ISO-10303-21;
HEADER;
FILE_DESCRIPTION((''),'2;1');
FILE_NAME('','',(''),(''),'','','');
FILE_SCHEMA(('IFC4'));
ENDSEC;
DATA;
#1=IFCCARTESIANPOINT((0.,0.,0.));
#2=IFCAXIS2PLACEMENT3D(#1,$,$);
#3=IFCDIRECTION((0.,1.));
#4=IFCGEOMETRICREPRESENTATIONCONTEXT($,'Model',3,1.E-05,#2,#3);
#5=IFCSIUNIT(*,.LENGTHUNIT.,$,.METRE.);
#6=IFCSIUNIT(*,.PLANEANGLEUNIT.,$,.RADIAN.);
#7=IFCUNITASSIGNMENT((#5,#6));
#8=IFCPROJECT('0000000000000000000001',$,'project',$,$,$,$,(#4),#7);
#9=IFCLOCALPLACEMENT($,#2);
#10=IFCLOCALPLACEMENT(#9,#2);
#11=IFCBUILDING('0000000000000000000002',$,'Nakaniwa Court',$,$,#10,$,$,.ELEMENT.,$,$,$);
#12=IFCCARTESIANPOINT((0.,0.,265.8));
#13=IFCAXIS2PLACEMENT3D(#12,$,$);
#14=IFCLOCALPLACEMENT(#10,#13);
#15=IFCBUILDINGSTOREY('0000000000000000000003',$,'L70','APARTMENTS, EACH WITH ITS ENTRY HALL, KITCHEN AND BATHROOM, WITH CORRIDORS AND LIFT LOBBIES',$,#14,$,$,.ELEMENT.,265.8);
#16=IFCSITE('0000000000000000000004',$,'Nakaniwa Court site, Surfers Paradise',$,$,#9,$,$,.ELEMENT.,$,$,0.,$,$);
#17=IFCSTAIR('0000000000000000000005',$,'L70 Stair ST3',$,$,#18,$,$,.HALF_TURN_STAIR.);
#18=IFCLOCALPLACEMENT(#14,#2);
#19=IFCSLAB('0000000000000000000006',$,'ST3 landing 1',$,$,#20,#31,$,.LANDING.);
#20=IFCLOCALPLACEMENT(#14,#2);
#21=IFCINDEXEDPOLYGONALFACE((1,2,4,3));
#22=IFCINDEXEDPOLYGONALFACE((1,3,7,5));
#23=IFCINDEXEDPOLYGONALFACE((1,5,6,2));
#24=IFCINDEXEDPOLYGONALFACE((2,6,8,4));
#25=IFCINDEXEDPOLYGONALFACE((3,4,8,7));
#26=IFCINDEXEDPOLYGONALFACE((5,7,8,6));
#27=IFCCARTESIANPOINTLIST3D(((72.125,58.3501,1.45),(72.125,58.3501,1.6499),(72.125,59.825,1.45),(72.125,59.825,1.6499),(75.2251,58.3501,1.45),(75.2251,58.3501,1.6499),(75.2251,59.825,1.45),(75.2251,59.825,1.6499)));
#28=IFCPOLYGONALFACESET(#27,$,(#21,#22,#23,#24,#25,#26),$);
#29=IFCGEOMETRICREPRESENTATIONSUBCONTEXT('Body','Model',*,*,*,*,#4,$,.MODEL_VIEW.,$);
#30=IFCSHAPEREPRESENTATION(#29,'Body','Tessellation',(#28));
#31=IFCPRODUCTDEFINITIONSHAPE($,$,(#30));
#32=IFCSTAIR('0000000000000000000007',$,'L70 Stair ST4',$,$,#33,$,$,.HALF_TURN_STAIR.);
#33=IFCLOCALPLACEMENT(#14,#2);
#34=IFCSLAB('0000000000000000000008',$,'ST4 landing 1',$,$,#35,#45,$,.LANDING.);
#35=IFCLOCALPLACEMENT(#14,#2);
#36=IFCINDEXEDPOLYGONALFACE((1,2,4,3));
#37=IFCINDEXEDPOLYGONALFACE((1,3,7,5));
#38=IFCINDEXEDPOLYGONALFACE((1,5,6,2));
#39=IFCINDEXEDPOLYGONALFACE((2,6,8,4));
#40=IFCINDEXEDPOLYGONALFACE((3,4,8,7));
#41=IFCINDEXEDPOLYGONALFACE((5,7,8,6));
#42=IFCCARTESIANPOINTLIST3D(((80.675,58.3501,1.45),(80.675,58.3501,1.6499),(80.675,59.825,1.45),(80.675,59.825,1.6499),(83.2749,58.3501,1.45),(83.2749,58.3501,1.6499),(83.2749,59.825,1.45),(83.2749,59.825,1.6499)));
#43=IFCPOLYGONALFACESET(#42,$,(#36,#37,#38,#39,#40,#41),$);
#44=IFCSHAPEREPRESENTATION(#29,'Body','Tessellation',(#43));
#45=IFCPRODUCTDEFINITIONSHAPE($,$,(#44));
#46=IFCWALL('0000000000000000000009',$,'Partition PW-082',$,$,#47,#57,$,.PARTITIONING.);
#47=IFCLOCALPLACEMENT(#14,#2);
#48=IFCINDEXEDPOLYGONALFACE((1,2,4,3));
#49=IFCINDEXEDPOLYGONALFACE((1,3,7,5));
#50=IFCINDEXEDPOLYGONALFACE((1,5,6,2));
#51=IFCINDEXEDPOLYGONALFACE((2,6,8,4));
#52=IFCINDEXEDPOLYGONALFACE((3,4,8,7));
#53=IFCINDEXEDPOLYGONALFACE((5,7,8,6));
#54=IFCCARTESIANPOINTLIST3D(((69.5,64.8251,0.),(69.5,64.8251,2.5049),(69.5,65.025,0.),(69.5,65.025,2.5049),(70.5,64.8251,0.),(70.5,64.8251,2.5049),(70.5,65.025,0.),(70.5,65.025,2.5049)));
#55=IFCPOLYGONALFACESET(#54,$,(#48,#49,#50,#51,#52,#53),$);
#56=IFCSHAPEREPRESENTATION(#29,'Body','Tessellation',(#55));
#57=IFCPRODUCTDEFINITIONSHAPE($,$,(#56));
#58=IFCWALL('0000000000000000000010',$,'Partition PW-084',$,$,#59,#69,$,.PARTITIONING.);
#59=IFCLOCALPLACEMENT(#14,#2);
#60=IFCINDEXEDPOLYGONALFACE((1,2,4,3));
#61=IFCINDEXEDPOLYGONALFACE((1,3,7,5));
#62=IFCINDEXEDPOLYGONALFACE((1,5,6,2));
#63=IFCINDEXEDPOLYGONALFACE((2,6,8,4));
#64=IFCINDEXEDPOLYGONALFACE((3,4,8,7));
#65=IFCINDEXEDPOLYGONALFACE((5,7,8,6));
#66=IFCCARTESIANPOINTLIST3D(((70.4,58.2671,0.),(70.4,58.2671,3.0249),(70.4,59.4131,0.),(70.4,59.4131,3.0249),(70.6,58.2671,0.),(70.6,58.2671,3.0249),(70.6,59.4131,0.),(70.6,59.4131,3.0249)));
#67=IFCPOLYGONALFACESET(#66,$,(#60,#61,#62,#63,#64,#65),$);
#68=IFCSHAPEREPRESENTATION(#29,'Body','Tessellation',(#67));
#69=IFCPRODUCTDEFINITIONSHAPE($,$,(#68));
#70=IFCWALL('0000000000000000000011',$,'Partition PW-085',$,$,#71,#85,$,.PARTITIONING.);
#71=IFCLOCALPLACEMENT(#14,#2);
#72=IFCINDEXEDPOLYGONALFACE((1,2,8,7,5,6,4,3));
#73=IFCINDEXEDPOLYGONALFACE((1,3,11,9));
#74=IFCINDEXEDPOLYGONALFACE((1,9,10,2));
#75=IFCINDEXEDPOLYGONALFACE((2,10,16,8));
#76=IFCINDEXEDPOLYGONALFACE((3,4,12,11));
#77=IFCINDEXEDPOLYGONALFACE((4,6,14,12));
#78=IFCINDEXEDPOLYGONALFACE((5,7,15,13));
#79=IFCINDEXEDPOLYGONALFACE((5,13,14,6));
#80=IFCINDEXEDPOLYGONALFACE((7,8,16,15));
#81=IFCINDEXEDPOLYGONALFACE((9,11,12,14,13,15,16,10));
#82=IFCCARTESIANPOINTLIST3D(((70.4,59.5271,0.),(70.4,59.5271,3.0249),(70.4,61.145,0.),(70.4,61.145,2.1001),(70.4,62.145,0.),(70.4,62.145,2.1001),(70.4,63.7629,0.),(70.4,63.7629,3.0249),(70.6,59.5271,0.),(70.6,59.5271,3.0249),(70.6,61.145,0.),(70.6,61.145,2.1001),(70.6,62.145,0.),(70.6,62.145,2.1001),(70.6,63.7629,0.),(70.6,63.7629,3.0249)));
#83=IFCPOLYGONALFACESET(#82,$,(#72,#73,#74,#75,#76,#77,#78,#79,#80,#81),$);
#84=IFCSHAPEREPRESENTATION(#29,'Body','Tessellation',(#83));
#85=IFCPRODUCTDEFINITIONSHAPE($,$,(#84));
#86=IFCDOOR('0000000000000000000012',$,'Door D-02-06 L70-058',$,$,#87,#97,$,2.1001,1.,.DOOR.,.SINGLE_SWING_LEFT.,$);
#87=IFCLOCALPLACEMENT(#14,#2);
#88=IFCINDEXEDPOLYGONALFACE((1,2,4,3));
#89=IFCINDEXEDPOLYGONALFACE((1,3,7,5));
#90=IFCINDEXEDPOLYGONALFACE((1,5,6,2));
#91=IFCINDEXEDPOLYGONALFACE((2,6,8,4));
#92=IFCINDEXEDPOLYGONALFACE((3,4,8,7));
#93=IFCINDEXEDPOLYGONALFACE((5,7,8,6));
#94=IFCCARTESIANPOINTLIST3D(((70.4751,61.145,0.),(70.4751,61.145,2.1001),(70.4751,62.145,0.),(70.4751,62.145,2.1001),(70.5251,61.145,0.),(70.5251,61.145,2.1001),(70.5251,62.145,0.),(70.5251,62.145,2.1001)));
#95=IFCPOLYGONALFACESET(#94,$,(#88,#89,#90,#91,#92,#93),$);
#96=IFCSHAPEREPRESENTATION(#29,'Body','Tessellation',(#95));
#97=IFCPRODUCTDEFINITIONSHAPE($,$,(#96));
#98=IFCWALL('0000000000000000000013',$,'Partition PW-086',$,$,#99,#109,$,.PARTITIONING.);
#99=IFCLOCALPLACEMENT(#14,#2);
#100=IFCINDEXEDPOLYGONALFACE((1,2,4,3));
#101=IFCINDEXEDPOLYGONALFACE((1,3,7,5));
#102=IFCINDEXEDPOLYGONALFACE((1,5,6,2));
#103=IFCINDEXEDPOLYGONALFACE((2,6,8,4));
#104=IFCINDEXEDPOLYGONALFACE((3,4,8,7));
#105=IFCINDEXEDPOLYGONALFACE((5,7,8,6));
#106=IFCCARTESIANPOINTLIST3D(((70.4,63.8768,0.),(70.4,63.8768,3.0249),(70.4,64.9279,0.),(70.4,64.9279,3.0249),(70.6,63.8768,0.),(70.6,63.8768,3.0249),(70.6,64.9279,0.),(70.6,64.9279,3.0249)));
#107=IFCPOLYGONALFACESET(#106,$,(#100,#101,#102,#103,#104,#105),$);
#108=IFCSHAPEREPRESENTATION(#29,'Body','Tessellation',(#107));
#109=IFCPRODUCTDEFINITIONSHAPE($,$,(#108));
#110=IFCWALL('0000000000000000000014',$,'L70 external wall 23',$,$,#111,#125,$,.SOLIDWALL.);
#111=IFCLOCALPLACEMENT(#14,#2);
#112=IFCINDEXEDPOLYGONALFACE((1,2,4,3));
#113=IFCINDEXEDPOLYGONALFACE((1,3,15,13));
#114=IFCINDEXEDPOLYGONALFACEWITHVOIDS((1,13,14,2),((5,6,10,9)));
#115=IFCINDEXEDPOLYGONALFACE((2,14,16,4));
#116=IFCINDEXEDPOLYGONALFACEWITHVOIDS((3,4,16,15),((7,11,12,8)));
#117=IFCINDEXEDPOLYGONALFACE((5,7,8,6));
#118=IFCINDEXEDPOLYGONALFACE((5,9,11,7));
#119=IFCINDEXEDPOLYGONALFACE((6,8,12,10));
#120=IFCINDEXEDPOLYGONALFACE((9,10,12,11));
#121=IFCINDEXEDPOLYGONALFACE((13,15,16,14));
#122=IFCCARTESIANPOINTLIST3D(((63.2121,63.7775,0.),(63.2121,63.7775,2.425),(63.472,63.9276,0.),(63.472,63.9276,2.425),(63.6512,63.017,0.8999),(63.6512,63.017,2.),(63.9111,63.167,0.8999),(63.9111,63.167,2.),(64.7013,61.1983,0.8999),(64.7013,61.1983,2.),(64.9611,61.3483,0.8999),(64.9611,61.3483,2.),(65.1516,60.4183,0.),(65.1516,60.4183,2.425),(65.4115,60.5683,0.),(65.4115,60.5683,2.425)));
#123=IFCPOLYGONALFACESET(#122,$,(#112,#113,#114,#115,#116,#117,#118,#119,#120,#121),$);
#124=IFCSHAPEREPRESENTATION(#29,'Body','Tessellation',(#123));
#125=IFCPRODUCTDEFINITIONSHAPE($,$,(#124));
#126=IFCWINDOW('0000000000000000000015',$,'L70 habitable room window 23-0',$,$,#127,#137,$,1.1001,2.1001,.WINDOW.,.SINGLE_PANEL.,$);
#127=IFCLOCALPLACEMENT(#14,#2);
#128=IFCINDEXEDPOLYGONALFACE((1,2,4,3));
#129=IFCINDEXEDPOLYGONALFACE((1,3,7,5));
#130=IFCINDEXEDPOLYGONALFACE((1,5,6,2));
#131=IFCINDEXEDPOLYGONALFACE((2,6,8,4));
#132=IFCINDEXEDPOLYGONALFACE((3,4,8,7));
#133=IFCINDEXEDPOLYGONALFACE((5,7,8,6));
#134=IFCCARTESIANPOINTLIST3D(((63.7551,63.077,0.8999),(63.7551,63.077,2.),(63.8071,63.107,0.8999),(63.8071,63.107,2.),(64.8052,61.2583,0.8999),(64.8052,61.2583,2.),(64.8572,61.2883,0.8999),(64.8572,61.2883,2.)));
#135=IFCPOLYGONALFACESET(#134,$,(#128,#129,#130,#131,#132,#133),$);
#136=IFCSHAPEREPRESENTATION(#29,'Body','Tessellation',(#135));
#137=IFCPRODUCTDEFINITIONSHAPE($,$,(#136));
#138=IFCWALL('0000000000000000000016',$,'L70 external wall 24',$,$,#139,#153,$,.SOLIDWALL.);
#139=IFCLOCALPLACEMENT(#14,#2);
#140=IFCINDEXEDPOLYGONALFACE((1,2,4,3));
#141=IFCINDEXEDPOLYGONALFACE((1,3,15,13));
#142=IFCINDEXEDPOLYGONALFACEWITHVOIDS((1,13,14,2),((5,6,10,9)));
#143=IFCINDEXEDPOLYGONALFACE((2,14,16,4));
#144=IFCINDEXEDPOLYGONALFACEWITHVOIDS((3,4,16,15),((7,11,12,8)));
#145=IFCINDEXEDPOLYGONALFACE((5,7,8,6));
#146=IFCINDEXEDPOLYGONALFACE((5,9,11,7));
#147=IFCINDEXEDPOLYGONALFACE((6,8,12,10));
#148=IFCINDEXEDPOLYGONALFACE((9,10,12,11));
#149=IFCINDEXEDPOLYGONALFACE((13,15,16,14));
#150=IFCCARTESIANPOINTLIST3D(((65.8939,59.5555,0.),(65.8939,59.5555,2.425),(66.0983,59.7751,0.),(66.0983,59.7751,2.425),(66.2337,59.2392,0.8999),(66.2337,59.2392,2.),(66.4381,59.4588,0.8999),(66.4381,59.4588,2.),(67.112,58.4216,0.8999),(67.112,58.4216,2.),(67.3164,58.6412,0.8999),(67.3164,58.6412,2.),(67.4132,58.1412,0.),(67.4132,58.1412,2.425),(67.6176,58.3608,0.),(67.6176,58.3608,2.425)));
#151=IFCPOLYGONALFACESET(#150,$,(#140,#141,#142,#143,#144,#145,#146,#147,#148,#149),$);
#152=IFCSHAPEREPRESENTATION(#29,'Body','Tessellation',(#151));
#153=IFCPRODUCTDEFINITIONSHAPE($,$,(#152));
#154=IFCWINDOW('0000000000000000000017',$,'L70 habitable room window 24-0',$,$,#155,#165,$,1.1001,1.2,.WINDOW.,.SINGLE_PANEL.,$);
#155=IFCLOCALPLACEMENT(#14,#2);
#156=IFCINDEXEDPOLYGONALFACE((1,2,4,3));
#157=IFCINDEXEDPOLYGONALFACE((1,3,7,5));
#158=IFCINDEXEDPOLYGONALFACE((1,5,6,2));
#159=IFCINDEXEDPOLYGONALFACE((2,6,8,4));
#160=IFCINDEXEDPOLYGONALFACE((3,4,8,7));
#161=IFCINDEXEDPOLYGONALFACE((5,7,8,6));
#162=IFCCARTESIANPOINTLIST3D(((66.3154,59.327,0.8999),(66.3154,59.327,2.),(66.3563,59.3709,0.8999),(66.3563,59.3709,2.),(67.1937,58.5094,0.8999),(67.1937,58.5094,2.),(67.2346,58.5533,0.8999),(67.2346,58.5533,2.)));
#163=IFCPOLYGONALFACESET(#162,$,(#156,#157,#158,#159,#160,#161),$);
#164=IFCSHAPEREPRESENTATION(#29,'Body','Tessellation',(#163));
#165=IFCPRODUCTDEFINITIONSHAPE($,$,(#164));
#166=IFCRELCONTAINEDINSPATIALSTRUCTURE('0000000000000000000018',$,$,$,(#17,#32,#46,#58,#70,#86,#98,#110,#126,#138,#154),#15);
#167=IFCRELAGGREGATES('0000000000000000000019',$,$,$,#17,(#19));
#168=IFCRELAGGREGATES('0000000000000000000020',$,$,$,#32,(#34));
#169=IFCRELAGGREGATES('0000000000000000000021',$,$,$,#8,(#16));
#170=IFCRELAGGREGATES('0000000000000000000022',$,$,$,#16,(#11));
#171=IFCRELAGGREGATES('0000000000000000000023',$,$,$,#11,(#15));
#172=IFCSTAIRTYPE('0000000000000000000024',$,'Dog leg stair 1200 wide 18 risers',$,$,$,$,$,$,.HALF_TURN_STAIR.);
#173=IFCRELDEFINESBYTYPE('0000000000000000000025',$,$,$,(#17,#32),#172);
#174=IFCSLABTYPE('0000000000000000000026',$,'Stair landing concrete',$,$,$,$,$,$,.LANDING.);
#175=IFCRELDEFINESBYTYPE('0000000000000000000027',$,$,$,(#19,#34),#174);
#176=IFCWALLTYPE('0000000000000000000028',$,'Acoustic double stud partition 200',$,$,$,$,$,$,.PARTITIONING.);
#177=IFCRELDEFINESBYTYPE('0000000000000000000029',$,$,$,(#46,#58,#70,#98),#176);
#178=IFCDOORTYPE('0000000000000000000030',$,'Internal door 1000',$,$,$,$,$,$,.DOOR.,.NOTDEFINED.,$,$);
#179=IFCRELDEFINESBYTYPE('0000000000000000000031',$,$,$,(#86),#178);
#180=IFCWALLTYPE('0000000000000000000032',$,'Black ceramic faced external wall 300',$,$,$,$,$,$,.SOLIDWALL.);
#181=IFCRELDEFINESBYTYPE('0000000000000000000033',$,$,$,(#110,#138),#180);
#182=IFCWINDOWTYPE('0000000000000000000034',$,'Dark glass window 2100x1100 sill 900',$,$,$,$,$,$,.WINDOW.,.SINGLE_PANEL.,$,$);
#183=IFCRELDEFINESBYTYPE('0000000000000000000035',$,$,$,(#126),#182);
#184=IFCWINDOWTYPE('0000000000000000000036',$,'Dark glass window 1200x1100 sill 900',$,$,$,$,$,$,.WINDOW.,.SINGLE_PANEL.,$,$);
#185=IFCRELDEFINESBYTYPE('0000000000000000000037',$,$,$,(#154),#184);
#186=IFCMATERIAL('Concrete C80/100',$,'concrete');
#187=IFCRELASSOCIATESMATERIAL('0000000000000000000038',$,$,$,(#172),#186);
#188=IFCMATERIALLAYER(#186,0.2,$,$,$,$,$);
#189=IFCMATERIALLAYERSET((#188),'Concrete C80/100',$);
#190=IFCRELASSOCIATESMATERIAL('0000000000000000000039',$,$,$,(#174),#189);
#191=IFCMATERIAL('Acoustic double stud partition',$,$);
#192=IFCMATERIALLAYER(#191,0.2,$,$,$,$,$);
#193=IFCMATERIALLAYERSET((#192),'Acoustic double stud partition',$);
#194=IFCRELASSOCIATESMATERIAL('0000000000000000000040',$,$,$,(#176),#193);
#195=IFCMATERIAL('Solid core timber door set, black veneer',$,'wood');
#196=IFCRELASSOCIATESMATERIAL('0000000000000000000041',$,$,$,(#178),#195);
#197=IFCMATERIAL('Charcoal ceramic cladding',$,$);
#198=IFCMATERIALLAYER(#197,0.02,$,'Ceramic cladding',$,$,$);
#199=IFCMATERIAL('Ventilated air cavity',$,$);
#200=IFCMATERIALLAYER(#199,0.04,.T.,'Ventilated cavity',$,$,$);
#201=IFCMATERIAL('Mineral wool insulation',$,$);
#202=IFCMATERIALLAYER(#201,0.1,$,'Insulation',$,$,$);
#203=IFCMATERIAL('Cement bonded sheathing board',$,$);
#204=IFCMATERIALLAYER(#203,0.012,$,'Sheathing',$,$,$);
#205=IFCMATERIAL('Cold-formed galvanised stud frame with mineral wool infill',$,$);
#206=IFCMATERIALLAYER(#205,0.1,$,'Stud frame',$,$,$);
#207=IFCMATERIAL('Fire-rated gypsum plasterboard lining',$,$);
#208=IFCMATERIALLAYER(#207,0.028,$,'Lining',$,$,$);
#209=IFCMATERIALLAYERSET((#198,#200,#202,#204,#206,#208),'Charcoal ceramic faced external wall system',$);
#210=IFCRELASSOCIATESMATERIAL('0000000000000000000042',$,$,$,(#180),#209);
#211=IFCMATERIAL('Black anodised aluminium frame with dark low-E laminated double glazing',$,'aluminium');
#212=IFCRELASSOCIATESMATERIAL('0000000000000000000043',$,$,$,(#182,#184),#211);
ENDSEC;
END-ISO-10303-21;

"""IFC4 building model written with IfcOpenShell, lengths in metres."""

from ifc_helpers import new_model, si_unit, direction, frame, frame_2d, origin, place, context, subcontext, project, spatial, polyline, rectangle, outline, extrude, material, layer, layer_set, type_object, element, fill, aggregate, save


model = new_model("IFC4")

# Units and contexts
model_context = context("Model", 3, precision=1e-05, world=origin(), true_north=direction((0.0, 1.0)))
body_context = subcontext(model_context, "Body", "Model", "MODEL_VIEW")
ifc_project = project(units=[si_unit("LENGTHUNIT", "METRE"), si_unit("PLANEANGLEUNIT", "RADIAN")], contexts=[model_context])

# Site, building, storey
site_placement = place(None, origin())
site = spatial("IfcSite", under=ifc_project, at=site_placement, Name="Nakaniwa Court site, Surfers Paradise", CompositionType="ELEMENT", RefElevation=0.0)
building_placement = place(site_placement, origin())
building = spatial("IfcBuilding", under=site, at=building_placement, Name="Nakaniwa Court", CompositionType="ELEMENT")
storey_placement = place(building_placement, frame((0.0, 0.0, 265.8)))
storey = spatial("IfcBuildingStorey", under=building, at=storey_placement, Name="L70", Description="APARTMENTS, EACH WITH ITS ENTRY HALL, KITCHEN AND BATHROOM, WITH CORRIDORS AND LIFT LOBBIES", CompositionType="ELEMENT", Elevation=265.8)

# Shared definitions
ifc_material_1 = material(Name="Concrete C80/100", Category="concrete")

# Stairs, slabs
stair_type = type_object("IfcStairType", Name="Dog leg stair 1200 wide 18 risers", PredefinedType="HALF_TURN_STAIR", material=ifc_material_1)
ifc_layer_1 = layer(ifc_material_1, 0.2)
ifc_layer_set_1 = layer_set([ifc_layer_1], Name="Concrete C80/100")
slab_type_1 = type_object("IfcSlabType", Name="Stair landing concrete", PredefinedType="LANDING", material=ifc_layer_set_1)
stair_1_placement = place(storey_placement, origin())
stair_1 = element("IfcStair", 1, at=stair_1_placement, inside=storey, type_object=stair_type, Name="L70 Stair ST3", PredefinedType="HALF_TURN_STAIR")
slab_1_placement = place(storey_placement, frame((0.0, 0.0, 1.45)))
slab_1 = element("IfcSlab", 2, at=slab_1_placement, type_object=slab_type_1, Name="ST3 landing 1", PredefinedType="LANDING", context=body_context, shape_type="SweptSolid", body=[
    extrude(outline(polyline([(75.2251, 58.3501), (75.2251, 59.825), (72.125, 59.825), (72.125, 58.3501), (75.2251, 58.3501)])), origin(), (0.0, 0.0, 1.0), 0.2),
])
aggregate(stair_1, [slab_1])
stair_2_placement = place(storey_placement, origin())
stair_2 = element("IfcStair", 3, at=stair_2_placement, inside=storey, type_object=stair_type, Name="L70 Stair ST4", PredefinedType="HALF_TURN_STAIR")
slab_2_placement = place(storey_placement, frame((0.0, 0.0, 1.45)))
slab_2 = element("IfcSlab", 4, at=slab_2_placement, type_object=slab_type_1, Name="ST4 landing 1", PredefinedType="LANDING", context=body_context, shape_type="SweptSolid", body=[
    extrude(outline(polyline([(83.2749, 58.3501), (83.2749, 59.825), (80.675, 59.825), (80.675, 58.3501), (83.2749, 58.3501)])), origin(), (0.0, 0.0, 1.0), 0.2),
])
aggregate(stair_2, [slab_2])

# Walls
ifc_material_2 = material(Name="Acoustic double stud partition")
ifc_layer_2 = layer(ifc_material_2, 0.2)
ifc_layer_set_2 = layer_set([ifc_layer_2], Name="Acoustic double stud partition")
wall_type_1 = type_object("IfcWallType", Name="Acoustic double stud partition 200", PredefinedType="PARTITIONING", material=ifc_layer_set_2)
wall_1_placement = place(storey_placement, frame((69.5, 64.925, 0.0), z_axis=(0.0, 0.0, 1.0), x_axis=(1.0, 0.0, 0.0)))
element("IfcWall", 5, at=wall_1_placement, inside=storey, type_object=wall_type_1, Name="Partition PW-082", PredefinedType="PARTITIONING", context=body_context, shape_type="SweptSolid", body=[
    extrude(rectangle(XDim=1.0, YDim=0.2, at=frame_2d((0.5, 0.0))), origin(), (0.0, 0.0, 1.0), 2.5049),
])
wall_2_placement = place(storey_placement, frame((70.5, 58.2671, 0.0), z_axis=(0.0, 0.0, 1.0), x_axis=(0.0, 1.0, 0.0)))
element("IfcWall", 6, at=wall_2_placement, inside=storey, type_object=wall_type_1, Name="Partition PW-084", PredefinedType="PARTITIONING", context=body_context, shape_type="SweptSolid", body=[
    extrude(rectangle(XDim=1.146, YDim=0.2, at=frame_2d((0.573, 0.0))), origin(), (0.0, 0.0, 1.0), 3.0249),
])

# Wall, opening, door
wall_3_placement = place(storey_placement, frame((70.5, 59.5271, 0.0), z_axis=(0.0, 0.0, 1.0), x_axis=(0.0, 1.0, 0.0)))
wall_3 = element("IfcWall", 7, at=wall_3_placement, inside=storey, type_object=wall_type_1, Name="Partition PW-085", PredefinedType="PARTITIONING", context=body_context, shape_type="SweptSolid", body=[
    extrude(rectangle(XDim=4.2358, YDim=0.2, at=frame_2d((2.1179, 0.0))), origin(), (0.0, 0.0, 1.0), 3.0249),
])
opening_1_placement = place(wall_3_placement, frame((1.6179, 0.0, 0.0)))
opening_1 = element("IfcOpeningElement", 8, at=opening_1_placement, cuts=wall_3, PredefinedType="OPENING", context=body_context, shape_type="SweptSolid", body=[
    extrude(rectangle(XDim=1.0, YDim=2.1001, at=frame_2d((0.5, 1.05))), frame((0.0, 0.1099, 0.0), z_axis=(0.0, -1.0, 0.0), x_axis=(1.0, 0.0, 0.0)), (0.0, 0.0, 1.0), 0.22),
])
ifc_material_3 = material(Name="Solid core timber door set, black veneer", Category="wood")
door_type = type_object("IfcDoorType", Name="Internal door 1000", OperationType="NOTDEFINED", PredefinedType="DOOR", material=ifc_material_3)
door_placement = place(opening_1_placement, origin())
door = element("IfcDoor", 9, at=door_placement, inside=storey, type_object=door_type, Name="Door D-02-06 L70-058", OperationType="SINGLE_SWING_LEFT", OverallHeight=2.1001, OverallWidth=1.0, PredefinedType="DOOR", context=body_context, shape_type="SweptSolid", body=[
    extrude(rectangle(XDim=1.0, YDim=2.1001, at=frame_2d((0.5, 1.05))), frame((0.0, 0.0249, 0.0), z_axis=(0.0, -1.0, 0.0), x_axis=(1.0, 0.0, 0.0)), (0.0, 0.0, 1.0), 0.05),
])
fill(opening_1, door)

# Wall
wall_4_placement = place(storey_placement, frame((70.5, 63.877, 0.0), z_axis=(0.0, 0.0, 1.0), x_axis=(0.0, 1.0, 0.0)))
element("IfcWall", 10, at=wall_4_placement, inside=storey, type_object=wall_type_1, Name="Partition PW-086", PredefinedType="PARTITIONING", context=body_context, shape_type="SweptSolid", body=[
    extrude(rectangle(XDim=1.051, YDim=0.2, at=frame_2d((0.5254, 0.0))), origin(), (0.0, 0.0, 1.0), 3.0249),
])

# Walls, openings, windows
ifc_material_4 = material(Name="Charcoal ceramic cladding")
ifc_layer_3 = layer(ifc_material_4, 0.02, Name="Ceramic cladding")
ifc_material_5 = material(Name="Ventilated air cavity")
ifc_layer_4 = layer(ifc_material_5, 0.04, ventilated=True, Name="Ventilated cavity")
ifc_material_6 = material(Name="Mineral wool insulation")
ifc_layer_5 = layer(ifc_material_6, 0.1, Name="Insulation")
ifc_material_7 = material(Name="Cement bonded sheathing board")
ifc_layer_6 = layer(ifc_material_7, 0.012, Name="Sheathing")
ifc_material_8 = material(Name="Cold-formed galvanised stud frame with mineral wool infill")
ifc_layer_7 = layer(ifc_material_8, 0.1, Name="Stud frame")
ifc_material_9 = material(Name="Fire-rated gypsum plasterboard lining")
ifc_layer_8 = layer(ifc_material_9, 0.028, Name="Lining")
ifc_layer_set_3 = layer_set([ifc_layer_3, ifc_layer_4, ifc_layer_5, ifc_layer_6, ifc_layer_7, ifc_layer_8], Name="Charcoal ceramic faced external wall system")
wall_type_2 = type_object("IfcWallType", Name="Black ceramic faced external wall 300", PredefinedType="SOLIDWALL", material=ifc_layer_set_3)
wall_5_placement = place(storey_placement, frame((63.342, 63.8525, 0.0), z_axis=(0.0, 0.0, 1.0), x_axis=(0.500011, -0.866019, 0.0)))
wall_5 = element("IfcWall", 11, at=wall_5_placement, inside=storey, type_object=wall_type_2, Name="L70 external wall 23", PredefinedType="SOLIDWALL", context=body_context, shape_type="SweptSolid", body=[
    extrude(rectangle(XDim=3.8789, YDim=0.3, at=frame_2d((1.9395, 0.0))), origin(), (0.0, 0.0, 1.0), 2.425),
])
opening_2_placement = place(wall_5_placement, frame((0.8782, 0.0, 0.8999)))
opening_2 = element("IfcOpeningElement", 12, at=opening_2_placement, cuts=wall_5, PredefinedType="OPENING", context=body_context, shape_type="SweptSolid", body=[
    extrude(rectangle(XDim=2.1001, YDim=1.1001, at=frame_2d((1.05, 0.55))), frame((0.0, 0.1599, 0.0), z_axis=(0.0, -1.0, 0.0), x_axis=(1.0, 0.0, 0.0)), (0.0, 0.0, 1.0), 0.3201),
])
ifc_material_10 = material(Name="Black anodised aluminium frame with dark low-E laminated double glazing", Category="aluminium")
window_type_1 = type_object("IfcWindowType", Name="Dark glass window 2100x1100 sill 900", PartitioningType="SINGLE_PANEL", PredefinedType="WINDOW", material=ifc_material_10)
window_1_placement = place(opening_2_placement, origin())
window_1 = element("IfcWindow", 13, at=window_1_placement, inside=storey, type_object=window_type_1, Name="L70 habitable room window 23-0", OverallHeight=1.1001, OverallWidth=2.1001, PartitioningType="SINGLE_PANEL", PredefinedType="WINDOW", context=body_context, shape_type="SweptSolid", body=[
    extrude(rectangle(XDim=2.1001, YDim=1.1001, at=frame_2d((1.05, 0.55))), frame((0.0, 0.03, 0.0), z_axis=(0.0, -1.0, 0.0), x_axis=(1.0, 0.0, 0.0)), (0.0, 0.0, 1.0), 0.0601),
])
fill(opening_2, window_1)
wall_6_placement = place(storey_placement, frame((65.9961, 59.6653, 0.0), z_axis=(0.0, 0.0, 1.0), x_axis=(0.731943, -0.681366, 0.0)))
wall_6 = element("IfcWall", 14, at=wall_6_placement, inside=storey, type_object=wall_type_2, Name="L70 external wall 24", PredefinedType="SOLIDWALL", context=body_context, shape_type="SweptSolid", body=[
    extrude(rectangle(XDim=2.0757, YDim=0.3, at=frame_2d((1.0378, 0.0))), origin(), (0.0, 0.0, 1.0), 2.425),
])
opening_3_placement = place(wall_6_placement, frame((0.4641, 0.0, 0.8999)))
opening_3 = element("IfcOpeningElement", 15, at=opening_3_placement, cuts=wall_6, PredefinedType="OPENING", context=body_context, shape_type="SweptSolid", body=[
    extrude(rectangle(XDim=1.2, YDim=1.1001, at=frame_2d((0.6001, 0.55))), frame((0.0, 0.1599, 0.0), z_axis=(0.0, -1.0, 0.0), x_axis=(1.0, 0.0, 0.0)), (0.0, 0.0, 1.0), 0.3201),
])
window_type_2 = type_object("IfcWindowType", Name="Dark glass window 1200x1100 sill 900", PartitioningType="SINGLE_PANEL", PredefinedType="WINDOW", material=ifc_material_10)
window_2_placement = place(opening_3_placement, origin())
window_2 = element("IfcWindow", 16, at=window_2_placement, inside=storey, type_object=window_type_2, Name="L70 habitable room window 24-0", OverallHeight=1.1001, OverallWidth=1.2, PartitioningType="SINGLE_PANEL", PredefinedType="WINDOW", context=body_context, shape_type="SweptSolid", body=[
    extrude(rectangle(XDim=1.2, YDim=1.1001, at=frame_2d((0.6001, 0.55))), frame((0.0, 0.03, 0.0), z_axis=(0.0, -1.0, 0.0), x_axis=(1.0, 0.0, 0.0)), (0.0, 0.0, 1.0), 0.0601),
])
fill(opening_3, window_2)

save(model, "model.ifc")
